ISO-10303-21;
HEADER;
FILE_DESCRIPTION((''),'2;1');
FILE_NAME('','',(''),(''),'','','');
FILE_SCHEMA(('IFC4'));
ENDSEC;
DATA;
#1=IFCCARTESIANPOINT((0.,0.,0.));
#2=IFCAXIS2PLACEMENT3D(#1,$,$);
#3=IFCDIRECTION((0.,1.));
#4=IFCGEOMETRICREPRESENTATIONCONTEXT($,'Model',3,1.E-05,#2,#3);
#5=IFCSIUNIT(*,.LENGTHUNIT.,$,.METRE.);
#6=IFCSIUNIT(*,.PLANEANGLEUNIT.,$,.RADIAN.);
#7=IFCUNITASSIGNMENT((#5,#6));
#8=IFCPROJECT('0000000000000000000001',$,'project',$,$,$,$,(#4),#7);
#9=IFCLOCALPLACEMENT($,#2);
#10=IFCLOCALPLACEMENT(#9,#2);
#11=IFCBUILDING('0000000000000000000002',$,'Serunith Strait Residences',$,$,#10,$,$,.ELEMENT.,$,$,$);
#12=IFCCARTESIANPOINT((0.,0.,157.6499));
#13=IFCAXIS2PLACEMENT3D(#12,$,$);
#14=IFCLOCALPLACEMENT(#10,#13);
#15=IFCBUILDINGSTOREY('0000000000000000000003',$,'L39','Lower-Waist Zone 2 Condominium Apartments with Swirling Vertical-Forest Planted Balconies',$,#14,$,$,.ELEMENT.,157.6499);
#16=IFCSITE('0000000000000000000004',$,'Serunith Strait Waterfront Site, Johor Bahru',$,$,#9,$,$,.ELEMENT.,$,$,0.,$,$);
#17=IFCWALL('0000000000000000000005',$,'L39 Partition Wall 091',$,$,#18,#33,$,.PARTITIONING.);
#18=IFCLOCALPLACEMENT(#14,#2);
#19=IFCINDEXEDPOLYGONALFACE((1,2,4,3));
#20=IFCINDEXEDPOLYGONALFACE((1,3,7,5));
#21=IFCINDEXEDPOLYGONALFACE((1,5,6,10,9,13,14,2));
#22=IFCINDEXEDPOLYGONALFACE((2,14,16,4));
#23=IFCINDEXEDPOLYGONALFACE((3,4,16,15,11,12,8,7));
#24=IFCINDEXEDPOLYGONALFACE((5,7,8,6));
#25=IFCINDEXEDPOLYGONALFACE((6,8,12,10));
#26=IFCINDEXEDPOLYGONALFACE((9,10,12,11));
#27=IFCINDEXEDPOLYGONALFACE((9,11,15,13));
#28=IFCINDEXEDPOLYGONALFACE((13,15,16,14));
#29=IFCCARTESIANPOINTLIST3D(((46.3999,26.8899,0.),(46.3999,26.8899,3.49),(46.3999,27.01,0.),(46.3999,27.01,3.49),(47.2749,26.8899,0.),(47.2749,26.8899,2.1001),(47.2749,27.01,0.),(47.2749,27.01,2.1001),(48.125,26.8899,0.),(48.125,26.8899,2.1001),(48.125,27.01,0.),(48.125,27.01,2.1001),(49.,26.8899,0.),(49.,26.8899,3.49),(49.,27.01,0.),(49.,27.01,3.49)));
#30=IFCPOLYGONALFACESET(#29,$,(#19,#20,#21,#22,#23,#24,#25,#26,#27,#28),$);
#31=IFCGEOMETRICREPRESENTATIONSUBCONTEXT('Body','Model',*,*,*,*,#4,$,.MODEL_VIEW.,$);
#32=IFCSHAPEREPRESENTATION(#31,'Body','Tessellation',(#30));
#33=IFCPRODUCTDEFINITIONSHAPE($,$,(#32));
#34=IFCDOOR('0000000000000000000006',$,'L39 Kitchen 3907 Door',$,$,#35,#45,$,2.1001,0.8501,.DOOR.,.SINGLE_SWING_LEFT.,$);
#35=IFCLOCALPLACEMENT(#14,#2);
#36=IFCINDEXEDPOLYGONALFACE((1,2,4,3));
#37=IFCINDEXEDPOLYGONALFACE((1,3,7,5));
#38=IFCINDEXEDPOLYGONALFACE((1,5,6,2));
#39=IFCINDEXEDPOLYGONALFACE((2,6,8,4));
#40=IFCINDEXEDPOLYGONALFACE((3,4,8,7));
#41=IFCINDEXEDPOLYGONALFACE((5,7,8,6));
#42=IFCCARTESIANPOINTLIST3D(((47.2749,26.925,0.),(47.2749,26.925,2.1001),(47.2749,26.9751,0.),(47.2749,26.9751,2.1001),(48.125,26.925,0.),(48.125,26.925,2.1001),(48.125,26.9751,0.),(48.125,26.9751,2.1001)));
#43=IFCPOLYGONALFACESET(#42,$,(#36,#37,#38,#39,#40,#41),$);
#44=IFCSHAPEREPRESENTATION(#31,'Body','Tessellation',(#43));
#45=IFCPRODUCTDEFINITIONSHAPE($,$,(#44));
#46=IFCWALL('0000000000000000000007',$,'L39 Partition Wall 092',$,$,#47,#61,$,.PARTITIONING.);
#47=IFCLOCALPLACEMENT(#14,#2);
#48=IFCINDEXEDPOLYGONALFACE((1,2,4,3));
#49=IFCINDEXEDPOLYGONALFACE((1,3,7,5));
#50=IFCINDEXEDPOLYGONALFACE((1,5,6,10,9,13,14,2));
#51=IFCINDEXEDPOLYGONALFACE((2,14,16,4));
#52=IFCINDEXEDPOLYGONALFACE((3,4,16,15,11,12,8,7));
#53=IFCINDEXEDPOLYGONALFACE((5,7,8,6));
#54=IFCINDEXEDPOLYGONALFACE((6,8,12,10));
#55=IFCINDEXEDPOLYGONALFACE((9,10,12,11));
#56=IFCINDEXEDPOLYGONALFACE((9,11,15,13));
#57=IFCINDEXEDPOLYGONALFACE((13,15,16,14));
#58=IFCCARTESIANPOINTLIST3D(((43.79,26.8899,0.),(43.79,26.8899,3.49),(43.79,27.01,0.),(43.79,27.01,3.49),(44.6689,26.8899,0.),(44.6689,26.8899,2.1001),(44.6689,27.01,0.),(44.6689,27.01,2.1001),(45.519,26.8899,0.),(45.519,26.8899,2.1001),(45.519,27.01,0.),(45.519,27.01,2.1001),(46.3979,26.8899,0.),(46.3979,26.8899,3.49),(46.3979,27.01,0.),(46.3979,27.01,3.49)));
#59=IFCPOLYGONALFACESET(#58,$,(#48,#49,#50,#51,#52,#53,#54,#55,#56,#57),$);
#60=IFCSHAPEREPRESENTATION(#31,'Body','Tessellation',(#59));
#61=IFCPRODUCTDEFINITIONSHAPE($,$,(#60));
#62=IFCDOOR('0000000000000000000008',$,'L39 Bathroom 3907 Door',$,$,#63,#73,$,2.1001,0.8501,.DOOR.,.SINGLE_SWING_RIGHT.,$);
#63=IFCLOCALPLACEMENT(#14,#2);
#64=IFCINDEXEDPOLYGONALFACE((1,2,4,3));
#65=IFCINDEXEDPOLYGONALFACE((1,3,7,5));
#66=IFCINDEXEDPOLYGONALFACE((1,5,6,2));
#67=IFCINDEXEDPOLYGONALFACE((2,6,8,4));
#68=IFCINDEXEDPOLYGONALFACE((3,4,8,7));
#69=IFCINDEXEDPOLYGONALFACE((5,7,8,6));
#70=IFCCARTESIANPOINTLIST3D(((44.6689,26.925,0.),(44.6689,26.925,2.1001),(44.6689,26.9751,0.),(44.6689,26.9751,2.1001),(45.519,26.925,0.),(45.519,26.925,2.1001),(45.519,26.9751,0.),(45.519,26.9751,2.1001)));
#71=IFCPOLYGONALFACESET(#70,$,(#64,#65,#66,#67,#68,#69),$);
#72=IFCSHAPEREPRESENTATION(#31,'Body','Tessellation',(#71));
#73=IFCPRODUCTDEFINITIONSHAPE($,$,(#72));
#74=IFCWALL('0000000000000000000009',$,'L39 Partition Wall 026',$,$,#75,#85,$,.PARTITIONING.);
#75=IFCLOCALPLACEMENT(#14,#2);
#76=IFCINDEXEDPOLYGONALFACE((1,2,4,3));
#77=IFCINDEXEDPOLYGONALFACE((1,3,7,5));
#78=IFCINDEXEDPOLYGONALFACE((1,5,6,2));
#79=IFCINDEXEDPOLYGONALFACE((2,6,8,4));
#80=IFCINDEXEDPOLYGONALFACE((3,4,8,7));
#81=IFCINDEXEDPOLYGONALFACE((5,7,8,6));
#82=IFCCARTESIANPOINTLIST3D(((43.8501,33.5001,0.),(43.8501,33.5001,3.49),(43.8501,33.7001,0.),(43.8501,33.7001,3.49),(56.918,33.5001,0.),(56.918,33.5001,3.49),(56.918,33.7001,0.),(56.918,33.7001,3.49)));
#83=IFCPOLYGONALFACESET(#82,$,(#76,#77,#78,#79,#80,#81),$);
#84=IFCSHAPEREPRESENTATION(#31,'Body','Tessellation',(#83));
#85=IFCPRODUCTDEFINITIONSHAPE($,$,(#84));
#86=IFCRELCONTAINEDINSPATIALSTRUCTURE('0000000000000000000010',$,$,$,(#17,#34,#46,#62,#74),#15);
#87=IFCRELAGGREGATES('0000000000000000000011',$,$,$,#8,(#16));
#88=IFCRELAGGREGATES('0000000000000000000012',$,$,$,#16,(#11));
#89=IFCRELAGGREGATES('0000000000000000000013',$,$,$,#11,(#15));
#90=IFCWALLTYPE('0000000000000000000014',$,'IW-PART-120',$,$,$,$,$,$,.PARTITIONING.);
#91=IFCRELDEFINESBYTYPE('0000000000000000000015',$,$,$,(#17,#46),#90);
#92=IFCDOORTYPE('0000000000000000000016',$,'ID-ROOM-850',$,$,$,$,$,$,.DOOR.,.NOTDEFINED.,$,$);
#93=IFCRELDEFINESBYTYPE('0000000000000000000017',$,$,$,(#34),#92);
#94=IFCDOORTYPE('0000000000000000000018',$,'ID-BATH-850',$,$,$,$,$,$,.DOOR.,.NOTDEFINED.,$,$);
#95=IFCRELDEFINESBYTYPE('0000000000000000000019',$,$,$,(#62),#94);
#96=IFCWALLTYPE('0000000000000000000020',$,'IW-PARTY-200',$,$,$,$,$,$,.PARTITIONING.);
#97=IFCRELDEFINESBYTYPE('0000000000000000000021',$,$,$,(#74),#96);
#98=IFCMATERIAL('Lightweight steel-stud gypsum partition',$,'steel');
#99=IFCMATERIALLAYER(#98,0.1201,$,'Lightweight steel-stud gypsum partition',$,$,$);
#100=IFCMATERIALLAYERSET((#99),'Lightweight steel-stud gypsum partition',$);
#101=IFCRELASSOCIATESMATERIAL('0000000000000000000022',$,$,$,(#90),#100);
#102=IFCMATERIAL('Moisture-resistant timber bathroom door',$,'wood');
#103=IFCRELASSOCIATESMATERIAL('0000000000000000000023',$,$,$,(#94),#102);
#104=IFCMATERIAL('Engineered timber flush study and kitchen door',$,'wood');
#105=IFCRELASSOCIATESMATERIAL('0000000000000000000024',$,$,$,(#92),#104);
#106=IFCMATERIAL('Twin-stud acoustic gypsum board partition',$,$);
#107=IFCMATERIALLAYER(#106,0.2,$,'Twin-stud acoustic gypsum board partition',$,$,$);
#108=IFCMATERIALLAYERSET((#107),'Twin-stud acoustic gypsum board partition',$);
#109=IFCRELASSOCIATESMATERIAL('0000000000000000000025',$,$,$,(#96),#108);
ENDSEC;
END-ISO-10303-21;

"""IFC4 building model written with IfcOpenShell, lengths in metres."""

from ifc_helpers import new_model, si_unit, direction, frame, frame_2d, origin, place, context, subcontext, project, spatial, rectangle, extrude, source, transform, mapped, material, layer, layer_set, type_object, element, fill, save


model = new_model("IFC4")

# Units and contexts
model_context = context("Model", 3, precision=1e-05, world=origin(), true_north=direction((0.0, 1.0)))
body_context = subcontext(model_context, "Body", "Model", "MODEL_VIEW")
ifc_project = project(units=[si_unit("LENGTHUNIT", "METRE"), si_unit("PLANEANGLEUNIT", "RADIAN")], contexts=[model_context])

# Site, building, storey
site_placement = place(None, origin())
site = spatial("IfcSite", under=ifc_project, at=site_placement, Name="Serunith Strait Waterfront Site, Johor Bahru", CompositionType="ELEMENT", RefElevation=0.0)
building_placement = place(site_placement, origin())
building = spatial("IfcBuilding", under=site, at=building_placement, Name="Serunith Strait Residences", CompositionType="ELEMENT")
storey_placement = place(building_placement, frame((0.0, 0.0, 157.6499)))
storey = spatial("IfcBuildingStorey", under=building, at=storey_placement, Name="L39", Description="Lower-Waist Zone 2 Condominium Apartments with Swirling Vertical-Forest Planted Balconies", CompositionType="ELEMENT", Elevation=157.6499)

# Shared definitions
ifc_material_1 = material(Name="Lightweight steel-stud gypsum partition", Category="steel")
ifc_layer_1 = layer(ifc_material_1, 0.1201, Name="Lightweight steel-stud gypsum partition")
ifc_layer_set_1 = layer_set([ifc_layer_1], Name="Lightweight steel-stud gypsum partition")
wall_type_1 = type_object("IfcWallType", Name="IW-PART-120", PredefinedType="PARTITIONING", material=ifc_layer_set_1)

# Walls, openings, doors
ifc_material_2 = material(Name="Moisture-resistant timber bathroom door", Category="wood")
door_type_1 = type_object("IfcDoorType", Name="ID-BATH-850", OperationType="NOTDEFINED", PredefinedType="DOOR", material=ifc_material_2)
shared_shape_1 = source(origin(), body_context, "Body", "SweptSolid", [
    extrude(rectangle(XDim=0.8501, YDim=2.1001, at=frame_2d((0.425, 1.05))), frame((0.0, 0.0249, 0.0), z_axis=(0.0, -1.0, 0.0), x_axis=(1.0, 0.0, 0.0)), (0.0, 0.0, 1.0), 0.05),
])
wall_1_placement = place(storey_placement, frame((49.0, 26.95, 0.0), z_axis=(0.0, 0.0, 1.0), x_axis=(-1.0, 0.0, 0.0)))
wall_1 = element("IfcWall", 1, at=wall_1_placement, inside=storey, type_object=wall_type_1, Name="L39 Partition Wall 091", PredefinedType="PARTITIONING", context=body_context, shape_type="SweptSolid", body=[
    extrude(rectangle(XDim=2.6001, YDim=0.1201, at=frame_2d((1.3, 0.0))), origin(), (0.0, 0.0, 1.0), 3.49),
])
opening_1_placement = place(wall_1_placement, frame((0.875, 0.0, 0.0)))
opening_1 = element("IfcOpeningElement", 2, at=opening_1_placement, cuts=wall_1, PredefinedType="OPENING", context=body_context, shape_type="SweptSolid", body=[
    extrude(rectangle(XDim=0.8501, YDim=2.1001, at=frame_2d((0.425, 1.05))), frame((0.0, 0.0701, 0.0), z_axis=(0.0, -1.0, 0.0), x_axis=(1.0, 0.0, 0.0)), (0.0, 0.0, 1.0), 0.1401),
])
ifc_material_3 = material(Name="Engineered timber flush study and kitchen door", Category="wood")
door_type_2 = type_object("IfcDoorType", Name="ID-ROOM-850", OperationType="NOTDEFINED", PredefinedType="DOOR", material=ifc_material_3)
door_1_placement = place(opening_1_placement, origin())
door_1 = element("IfcDoor", 3, at=door_1_placement, inside=storey, type_object=door_type_2, Name="L39 Kitchen 3907 Door", OperationType="SINGLE_SWING_LEFT", OverallHeight=2.1001, OverallWidth=0.8501, PredefinedType="DOOR", context=body_context, shape_type="MappedRepresentation", body=[
    mapped(shared_shape_1, transform((0.0, 0.0, 0.0), scale=1.0)),
])
fill(opening_1, door_1)
wall_2_placement = place(storey_placement, frame((46.3979, 26.95, 0.0), z_axis=(0.0, 0.0, 1.0), x_axis=(-1.0, 0.0, 0.0)))
wall_2 = element("IfcWall", 4, at=wall_2_placement, inside=storey, type_object=wall_type_1, Name="L39 Partition Wall 092", PredefinedType="PARTITIONING", context=body_context, shape_type="SweptSolid", body=[
    extrude(rectangle(XDim=2.6079, YDim=0.1201, at=frame_2d((1.304, 0.0))), origin(), (0.0, 0.0, 1.0), 3.49),
])
opening_2_placement = place(wall_2_placement, frame((0.8789, 0.0, 0.0)))
opening_2 = element("IfcOpeningElement", 5, at=opening_2_placement, cuts=wall_2, PredefinedType="OPENING", context=body_context, shape_type="SweptSolid", body=[
    extrude(rectangle(XDim=0.8501, YDim=2.1001, at=frame_2d((0.425, 1.05))), frame((0.0, 0.0701, 0.0), z_axis=(0.0, -1.0, 0.0), x_axis=(1.0, 0.0, 0.0)), (0.0, 0.0, 1.0), 0.1401),
])
door_2_placement = place(opening_2_placement, origin())
door_2 = element("IfcDoor", 6, at=door_2_placement, inside=storey, type_object=door_type_1, Name="L39 Bathroom 3907 Door", OperationType="SINGLE_SWING_RIGHT", OverallHeight=2.1001, OverallWidth=0.8501, PredefinedType="DOOR", context=body_context, shape_type="MappedRepresentation", body=[
    mapped(shared_shape_1, transform((0.0, 0.0, 0.0), scale=1.0)),
])
fill(opening_2, door_2)

# Wall
ifc_material_4 = material(Name="Twin-stud acoustic gypsum board partition")
ifc_layer_2 = layer(ifc_material_4, 0.2, Name="Twin-stud acoustic gypsum board partition")
ifc_layer_set_2 = layer_set([ifc_layer_2], Name="Twin-stud acoustic gypsum board partition")
wall_type_2 = type_object("IfcWallType", Name="IW-PARTY-200", PredefinedType="PARTITIONING", material=ifc_layer_set_2)
wall_3_placement = place(storey_placement, frame((43.8501, 33.6001, 0.0), z_axis=(0.0, 0.0, 1.0), x_axis=(1.0, 0.0, 0.0)))
element("IfcWall", 7, at=wall_3_placement, inside=storey, type_object=wall_type_2, Name="L39 Partition Wall 026", PredefinedType="PARTITIONING", context=body_context, shape_type="SweptSolid", body=[
    extrude(rectangle(XDim=13.0679, YDim=0.2, at=frame_2d((6.5339, 0.0))), origin(), (0.0, 0.0, 1.0), 3.49),
])

save(model, "model.ifc")
